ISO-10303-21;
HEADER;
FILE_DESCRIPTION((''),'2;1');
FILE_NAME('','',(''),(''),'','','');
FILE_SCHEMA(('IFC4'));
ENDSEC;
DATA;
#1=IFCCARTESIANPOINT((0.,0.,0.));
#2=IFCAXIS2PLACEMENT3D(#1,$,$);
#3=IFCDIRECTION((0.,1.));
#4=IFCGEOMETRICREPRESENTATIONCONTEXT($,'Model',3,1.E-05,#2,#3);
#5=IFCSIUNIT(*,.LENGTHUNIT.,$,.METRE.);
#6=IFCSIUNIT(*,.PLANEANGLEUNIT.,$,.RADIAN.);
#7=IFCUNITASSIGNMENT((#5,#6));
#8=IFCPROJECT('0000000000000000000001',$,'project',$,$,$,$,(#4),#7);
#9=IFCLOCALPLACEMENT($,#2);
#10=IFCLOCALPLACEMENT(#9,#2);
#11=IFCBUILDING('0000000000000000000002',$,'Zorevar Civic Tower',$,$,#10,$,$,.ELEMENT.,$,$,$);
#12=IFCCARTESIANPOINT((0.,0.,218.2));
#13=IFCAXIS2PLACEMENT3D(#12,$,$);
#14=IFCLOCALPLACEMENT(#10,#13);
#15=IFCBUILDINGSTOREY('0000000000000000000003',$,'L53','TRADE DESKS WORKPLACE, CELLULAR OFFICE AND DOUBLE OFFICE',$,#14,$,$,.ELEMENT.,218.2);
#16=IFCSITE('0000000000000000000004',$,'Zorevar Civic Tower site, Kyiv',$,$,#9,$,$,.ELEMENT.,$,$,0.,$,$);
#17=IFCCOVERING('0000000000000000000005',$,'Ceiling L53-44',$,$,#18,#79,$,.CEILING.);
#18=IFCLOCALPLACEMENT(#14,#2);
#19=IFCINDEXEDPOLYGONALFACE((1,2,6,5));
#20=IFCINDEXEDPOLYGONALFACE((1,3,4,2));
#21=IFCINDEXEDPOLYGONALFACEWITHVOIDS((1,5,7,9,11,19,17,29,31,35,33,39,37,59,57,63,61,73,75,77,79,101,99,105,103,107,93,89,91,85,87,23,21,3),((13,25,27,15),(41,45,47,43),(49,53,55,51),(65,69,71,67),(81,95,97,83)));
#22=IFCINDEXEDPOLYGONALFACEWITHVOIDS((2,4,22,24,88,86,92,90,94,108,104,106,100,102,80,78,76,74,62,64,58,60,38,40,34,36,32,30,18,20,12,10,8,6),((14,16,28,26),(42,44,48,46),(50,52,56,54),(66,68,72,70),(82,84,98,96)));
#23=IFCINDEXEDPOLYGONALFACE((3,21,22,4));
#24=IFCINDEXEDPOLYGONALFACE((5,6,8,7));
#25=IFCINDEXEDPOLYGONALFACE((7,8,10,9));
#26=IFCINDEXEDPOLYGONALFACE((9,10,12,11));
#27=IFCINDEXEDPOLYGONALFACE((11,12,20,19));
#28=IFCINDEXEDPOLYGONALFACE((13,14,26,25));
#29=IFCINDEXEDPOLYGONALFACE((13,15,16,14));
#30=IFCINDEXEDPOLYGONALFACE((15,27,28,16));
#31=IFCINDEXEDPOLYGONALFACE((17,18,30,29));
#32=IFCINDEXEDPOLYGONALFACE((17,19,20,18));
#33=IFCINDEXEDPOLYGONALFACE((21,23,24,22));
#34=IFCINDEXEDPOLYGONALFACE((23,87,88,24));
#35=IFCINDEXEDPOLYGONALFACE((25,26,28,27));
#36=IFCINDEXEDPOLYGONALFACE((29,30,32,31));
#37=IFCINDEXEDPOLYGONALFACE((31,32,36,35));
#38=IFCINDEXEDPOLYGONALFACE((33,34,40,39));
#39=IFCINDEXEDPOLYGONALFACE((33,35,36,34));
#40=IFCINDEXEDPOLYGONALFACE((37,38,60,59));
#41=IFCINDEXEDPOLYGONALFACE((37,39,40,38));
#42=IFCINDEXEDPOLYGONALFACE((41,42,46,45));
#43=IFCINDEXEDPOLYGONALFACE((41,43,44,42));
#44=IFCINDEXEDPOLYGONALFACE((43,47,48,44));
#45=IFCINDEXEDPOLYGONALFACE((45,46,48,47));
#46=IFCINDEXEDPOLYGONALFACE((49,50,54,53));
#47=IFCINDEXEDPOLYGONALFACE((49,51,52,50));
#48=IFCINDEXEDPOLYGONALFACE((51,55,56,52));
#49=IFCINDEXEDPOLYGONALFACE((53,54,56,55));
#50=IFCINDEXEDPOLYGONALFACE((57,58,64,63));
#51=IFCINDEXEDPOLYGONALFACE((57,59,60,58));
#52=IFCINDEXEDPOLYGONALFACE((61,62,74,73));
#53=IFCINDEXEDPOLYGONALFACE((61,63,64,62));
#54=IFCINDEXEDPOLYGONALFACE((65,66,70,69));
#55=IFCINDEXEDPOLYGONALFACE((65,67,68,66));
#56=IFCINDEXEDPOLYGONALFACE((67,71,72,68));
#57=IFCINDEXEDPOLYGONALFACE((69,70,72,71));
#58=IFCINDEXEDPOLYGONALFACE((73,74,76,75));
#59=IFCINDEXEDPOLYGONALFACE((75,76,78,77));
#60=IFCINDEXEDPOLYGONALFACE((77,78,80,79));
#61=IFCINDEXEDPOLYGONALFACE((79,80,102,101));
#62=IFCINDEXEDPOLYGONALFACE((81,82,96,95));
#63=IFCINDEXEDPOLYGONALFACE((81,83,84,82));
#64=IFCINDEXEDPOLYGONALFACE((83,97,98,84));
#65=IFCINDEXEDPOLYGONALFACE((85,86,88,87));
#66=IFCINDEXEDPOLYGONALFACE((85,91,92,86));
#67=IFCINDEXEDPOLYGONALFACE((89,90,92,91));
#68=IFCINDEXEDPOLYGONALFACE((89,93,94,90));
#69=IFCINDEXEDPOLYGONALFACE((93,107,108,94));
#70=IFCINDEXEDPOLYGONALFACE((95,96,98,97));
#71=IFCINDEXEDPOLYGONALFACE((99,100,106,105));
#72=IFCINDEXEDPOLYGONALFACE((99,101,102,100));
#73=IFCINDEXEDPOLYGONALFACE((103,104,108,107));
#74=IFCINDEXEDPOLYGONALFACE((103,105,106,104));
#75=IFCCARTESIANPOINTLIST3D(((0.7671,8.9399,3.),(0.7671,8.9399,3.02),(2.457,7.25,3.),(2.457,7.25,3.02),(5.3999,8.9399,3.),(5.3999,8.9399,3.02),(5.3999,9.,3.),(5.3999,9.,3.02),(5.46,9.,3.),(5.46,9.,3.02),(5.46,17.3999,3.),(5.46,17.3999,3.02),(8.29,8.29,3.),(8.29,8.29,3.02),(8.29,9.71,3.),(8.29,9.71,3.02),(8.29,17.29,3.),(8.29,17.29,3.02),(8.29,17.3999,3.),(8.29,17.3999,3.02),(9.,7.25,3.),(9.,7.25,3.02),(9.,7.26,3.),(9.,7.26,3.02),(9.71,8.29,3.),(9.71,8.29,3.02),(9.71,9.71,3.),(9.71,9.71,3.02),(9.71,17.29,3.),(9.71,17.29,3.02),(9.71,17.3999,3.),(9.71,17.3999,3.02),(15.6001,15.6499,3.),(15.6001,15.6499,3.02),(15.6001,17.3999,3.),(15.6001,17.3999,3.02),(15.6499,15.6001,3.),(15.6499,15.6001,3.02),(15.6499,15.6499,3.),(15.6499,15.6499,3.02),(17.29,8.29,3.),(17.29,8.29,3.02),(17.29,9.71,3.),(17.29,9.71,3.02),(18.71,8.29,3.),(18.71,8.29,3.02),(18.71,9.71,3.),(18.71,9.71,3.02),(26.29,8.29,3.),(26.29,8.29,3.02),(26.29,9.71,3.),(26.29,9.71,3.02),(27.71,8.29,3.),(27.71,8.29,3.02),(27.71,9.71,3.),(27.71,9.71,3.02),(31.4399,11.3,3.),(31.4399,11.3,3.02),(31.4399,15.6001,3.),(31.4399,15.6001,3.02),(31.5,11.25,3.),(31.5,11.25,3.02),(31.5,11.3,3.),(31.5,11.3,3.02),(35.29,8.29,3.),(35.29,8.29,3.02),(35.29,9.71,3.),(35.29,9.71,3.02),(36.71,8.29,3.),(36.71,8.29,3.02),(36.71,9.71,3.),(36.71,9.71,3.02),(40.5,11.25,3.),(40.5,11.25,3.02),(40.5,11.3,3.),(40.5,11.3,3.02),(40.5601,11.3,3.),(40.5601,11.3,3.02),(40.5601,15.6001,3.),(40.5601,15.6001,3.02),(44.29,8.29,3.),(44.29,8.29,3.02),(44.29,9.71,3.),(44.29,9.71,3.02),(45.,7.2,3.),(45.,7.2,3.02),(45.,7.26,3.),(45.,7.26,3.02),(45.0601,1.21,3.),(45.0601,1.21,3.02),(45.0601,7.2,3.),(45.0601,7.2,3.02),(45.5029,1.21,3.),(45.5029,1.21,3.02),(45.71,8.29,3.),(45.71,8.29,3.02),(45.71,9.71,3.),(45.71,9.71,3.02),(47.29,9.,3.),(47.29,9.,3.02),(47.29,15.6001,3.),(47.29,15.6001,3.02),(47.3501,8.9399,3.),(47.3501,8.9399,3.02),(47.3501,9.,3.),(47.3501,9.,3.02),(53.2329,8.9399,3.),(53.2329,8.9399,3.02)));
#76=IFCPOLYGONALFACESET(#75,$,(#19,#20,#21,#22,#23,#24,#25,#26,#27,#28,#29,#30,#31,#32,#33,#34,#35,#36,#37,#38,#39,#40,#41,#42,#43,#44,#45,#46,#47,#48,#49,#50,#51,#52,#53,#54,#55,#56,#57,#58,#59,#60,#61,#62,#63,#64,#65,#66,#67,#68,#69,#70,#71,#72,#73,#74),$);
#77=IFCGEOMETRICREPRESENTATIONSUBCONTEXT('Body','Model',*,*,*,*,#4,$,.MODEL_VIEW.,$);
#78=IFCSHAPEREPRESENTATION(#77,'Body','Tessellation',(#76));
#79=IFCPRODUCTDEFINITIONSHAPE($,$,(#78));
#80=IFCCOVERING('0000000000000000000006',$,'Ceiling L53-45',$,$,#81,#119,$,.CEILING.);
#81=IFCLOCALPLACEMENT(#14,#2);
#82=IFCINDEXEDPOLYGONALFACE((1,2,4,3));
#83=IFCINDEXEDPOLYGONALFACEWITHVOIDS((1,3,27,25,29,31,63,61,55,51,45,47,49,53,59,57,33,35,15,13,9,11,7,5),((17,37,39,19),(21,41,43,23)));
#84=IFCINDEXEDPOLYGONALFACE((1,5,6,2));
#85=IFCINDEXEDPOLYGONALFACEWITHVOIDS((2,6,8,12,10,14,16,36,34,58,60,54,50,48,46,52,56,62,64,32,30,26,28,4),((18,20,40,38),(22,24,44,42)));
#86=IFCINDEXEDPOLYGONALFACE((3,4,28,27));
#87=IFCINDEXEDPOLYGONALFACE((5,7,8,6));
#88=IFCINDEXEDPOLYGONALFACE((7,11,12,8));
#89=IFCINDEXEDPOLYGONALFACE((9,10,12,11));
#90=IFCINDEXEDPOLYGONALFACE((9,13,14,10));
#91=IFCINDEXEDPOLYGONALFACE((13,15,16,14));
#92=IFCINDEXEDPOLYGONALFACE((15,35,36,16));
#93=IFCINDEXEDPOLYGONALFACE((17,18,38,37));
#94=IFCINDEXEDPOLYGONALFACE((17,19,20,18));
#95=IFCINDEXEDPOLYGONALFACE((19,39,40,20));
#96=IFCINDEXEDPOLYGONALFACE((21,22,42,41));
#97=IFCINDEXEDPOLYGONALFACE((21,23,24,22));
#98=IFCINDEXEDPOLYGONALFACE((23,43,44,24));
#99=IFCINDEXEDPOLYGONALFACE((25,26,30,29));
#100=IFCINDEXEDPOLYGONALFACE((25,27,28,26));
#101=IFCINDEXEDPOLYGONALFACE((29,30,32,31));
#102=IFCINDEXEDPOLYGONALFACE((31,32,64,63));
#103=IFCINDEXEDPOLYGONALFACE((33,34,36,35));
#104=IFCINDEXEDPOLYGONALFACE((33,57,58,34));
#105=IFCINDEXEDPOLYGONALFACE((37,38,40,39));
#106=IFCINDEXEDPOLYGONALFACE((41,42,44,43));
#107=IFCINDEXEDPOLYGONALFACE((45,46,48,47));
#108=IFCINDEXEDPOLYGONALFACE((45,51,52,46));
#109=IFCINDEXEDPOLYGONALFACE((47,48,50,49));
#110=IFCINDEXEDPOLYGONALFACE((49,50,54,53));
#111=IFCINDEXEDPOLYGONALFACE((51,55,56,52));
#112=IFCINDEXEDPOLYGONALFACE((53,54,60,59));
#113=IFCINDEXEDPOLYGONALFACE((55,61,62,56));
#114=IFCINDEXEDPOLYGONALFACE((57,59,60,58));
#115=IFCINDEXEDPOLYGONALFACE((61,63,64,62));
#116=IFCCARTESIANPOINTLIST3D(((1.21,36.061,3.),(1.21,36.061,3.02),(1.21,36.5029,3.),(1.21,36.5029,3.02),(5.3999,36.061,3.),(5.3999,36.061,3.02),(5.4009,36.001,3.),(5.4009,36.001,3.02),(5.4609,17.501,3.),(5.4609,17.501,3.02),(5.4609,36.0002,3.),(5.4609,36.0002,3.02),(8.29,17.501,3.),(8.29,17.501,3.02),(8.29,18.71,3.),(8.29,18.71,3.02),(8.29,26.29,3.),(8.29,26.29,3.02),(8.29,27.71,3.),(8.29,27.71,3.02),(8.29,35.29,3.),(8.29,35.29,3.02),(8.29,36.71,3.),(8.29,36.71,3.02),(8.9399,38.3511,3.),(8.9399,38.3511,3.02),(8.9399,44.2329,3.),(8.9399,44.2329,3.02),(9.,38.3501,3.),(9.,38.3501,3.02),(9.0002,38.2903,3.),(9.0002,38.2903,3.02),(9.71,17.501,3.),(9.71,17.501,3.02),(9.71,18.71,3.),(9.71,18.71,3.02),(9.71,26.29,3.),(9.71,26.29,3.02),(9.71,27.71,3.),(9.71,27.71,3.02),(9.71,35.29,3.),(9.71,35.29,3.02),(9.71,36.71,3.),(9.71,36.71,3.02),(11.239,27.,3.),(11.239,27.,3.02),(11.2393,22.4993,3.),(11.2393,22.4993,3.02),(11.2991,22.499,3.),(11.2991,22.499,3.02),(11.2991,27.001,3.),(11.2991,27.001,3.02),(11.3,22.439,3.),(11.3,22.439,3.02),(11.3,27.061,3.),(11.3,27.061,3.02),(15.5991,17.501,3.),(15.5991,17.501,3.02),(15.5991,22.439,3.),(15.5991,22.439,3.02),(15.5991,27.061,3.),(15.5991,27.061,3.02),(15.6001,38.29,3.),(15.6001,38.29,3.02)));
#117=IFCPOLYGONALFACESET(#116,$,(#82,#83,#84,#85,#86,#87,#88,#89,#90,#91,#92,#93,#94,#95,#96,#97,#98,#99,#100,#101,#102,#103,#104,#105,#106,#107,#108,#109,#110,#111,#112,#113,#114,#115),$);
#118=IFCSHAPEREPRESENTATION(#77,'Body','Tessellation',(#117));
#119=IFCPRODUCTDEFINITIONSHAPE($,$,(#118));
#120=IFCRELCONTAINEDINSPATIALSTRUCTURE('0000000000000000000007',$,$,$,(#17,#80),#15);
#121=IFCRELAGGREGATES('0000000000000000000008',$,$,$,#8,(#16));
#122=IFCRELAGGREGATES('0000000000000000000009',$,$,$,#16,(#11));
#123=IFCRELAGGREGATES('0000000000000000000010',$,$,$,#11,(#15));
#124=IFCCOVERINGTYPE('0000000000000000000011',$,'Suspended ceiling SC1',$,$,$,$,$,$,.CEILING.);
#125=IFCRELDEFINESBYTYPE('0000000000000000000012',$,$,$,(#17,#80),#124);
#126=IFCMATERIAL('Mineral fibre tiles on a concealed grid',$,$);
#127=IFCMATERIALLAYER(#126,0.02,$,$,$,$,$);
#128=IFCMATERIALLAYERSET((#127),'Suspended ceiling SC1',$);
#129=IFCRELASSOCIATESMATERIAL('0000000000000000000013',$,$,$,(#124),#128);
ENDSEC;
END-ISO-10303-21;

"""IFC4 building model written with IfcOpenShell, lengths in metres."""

from ifc_helpers import new_model, si_unit, direction, frame, origin, place, context, subcontext, project, spatial, polyline, outline, extrude, material, layer, layer_set, type_object, element, save


model = new_model("IFC4")

# Units and contexts
model_context = context("Model", 3, precision=1e-05, world=origin(), true_north=direction((0.0, 1.0)))
body_context = subcontext(model_context, "Body", "Model", "MODEL_VIEW")
ifc_project = project(units=[si_unit("LENGTHUNIT", "METRE"), si_unit("PLANEANGLEUNIT", "RADIAN")], contexts=[model_context])

# Site, building, storey
site_placement = place(None, origin())
site = spatial("IfcSite", under=ifc_project, at=site_placement, Name="Zorevar Civic Tower site, Kyiv", CompositionType="ELEMENT", RefElevation=0.0)
building_placement = place(site_placement, origin())
building = spatial("IfcBuilding", under=site, at=building_placement, Name="Zorevar Civic Tower", CompositionType="ELEMENT")
storey_placement = place(building_placement, frame((0.0, 0.0, 218.2)))
storey = spatial("IfcBuildingStorey", under=building, at=storey_placement, Name="L53", Description="TRADE DESKS WORKPLACE, CELLULAR OFFICE AND DOUBLE OFFICE", CompositionType="ELEMENT", Elevation=218.2)

# Coverings
ifc_material_1 = material(Name="Mineral fibre tiles on a concealed grid")
ifc_layer_1 = layer(ifc_material_1, 0.02)
ifc_layer_set_1 = layer_set([ifc_layer_1], Name="Suspended ceiling SC1")
covering_type_1 = type_object("IfcCoveringType", Name="Suspended ceiling SC1", PredefinedType="CEILING", material=ifc_layer_set_1)
covering_1_placement = place(storey_placement, frame((0.0, 0.0, 3.0)))
element("IfcCovering", 1, at=covering_1_placement, inside=storey, type_object=covering_type_1, Name="Ceiling L53-44", PredefinedType="CEILING", context=body_context, shape_type="SweptSolid", body=[
    extrude(outline(polyline([(40.5601, 15.6001), (47.29, 15.6001), (47.29, 9.0), (47.3501, 9.0), (47.3501, 8.9399), (53.2329, 8.9399), (45.5029, 1.21), (45.0601, 1.21), (45.0601, 7.2), (45.0, 7.2), (45.0, 7.26), (9.0, 7.26), (9.0, 7.25), (2.457, 7.25), (0.7671, 8.9399), (5.3999, 8.9399), (5.3999, 9.0), (5.46, 9.0), (5.46, 17.3999), (8.29, 17.3999), (8.29, 17.29), (9.71, 17.29), (9.71, 17.3999), (15.6001, 17.3999), (15.6001, 15.6499), (15.6499, 15.6499), (15.6499, 15.6001), (31.4399, 15.6001), (31.4399, 11.3), (31.5, 11.3), (31.5, 11.25), (40.5, 11.25), (40.5, 11.3), (40.5601, 11.3), (40.5601, 15.6001)]), holes=[polyline([(8.29, 9.71), (8.29, 8.29), (9.71, 8.29), (9.71, 9.71), (8.29, 9.71)]), polyline([(18.71, 8.29), (18.71, 9.71), (17.29, 9.71), (17.29, 8.29), (18.71, 8.29)]), polyline([(26.29, 8.29), (27.71, 8.29), (27.71, 9.71), (26.29, 9.71), (26.29, 8.29)]), polyline([(35.29, 9.71), (35.29, 8.29), (36.71, 8.29), (36.71, 9.71), (35.29, 9.71)]), polyline([(45.71, 8.29), (45.71, 9.71), (44.29, 9.71), (44.29, 8.29), (45.71, 8.29)])]), origin(), (0.0, 0.0, 1.0), 0.02),
])
covering_2_placement = place(storey_placement, frame((0.0, 0.0, 3.0)))
element("IfcCovering", 2, at=covering_2_placement, inside=storey, type_object=covering_type_1, Name="Ceiling L53-45", PredefinedType="CEILING", context=body_context, shape_type="SweptSolid", body=[
    extrude(outline(polyline([(8.9399, 38.3511), (9.0, 38.3501), (9.0002, 38.2903), (15.6001, 38.29), (15.5991, 27.061), (11.3, 27.061), (11.2991, 27.001), (11.239, 27.0), (11.2393, 22.4993), (11.2991, 22.499), (11.3, 22.439), (15.5991, 22.439), (15.5991, 17.501), (9.71, 17.501), (9.71, 18.71), (8.29, 18.71), (8.29, 17.501), (5.4609, 17.501), (5.4609, 36.0002), (5.4009, 36.001), (5.3999, 36.061), (1.21, 36.061), (1.21, 36.5029), (8.9399, 44.2329), (8.9399, 38.3511)]), holes=[polyline([(9.71, 26.29), (9.71, 27.71), (8.29, 27.71), (8.29, 26.29), (9.71, 26.29)]), polyline([(8.29, 35.29), (9.71, 35.29), (9.71, 36.71), (8.29, 36.71), (8.29, 35.29)])]), origin(), (0.0, 0.0, 1.0), 0.02),
])

save(model, "model.ifc")
